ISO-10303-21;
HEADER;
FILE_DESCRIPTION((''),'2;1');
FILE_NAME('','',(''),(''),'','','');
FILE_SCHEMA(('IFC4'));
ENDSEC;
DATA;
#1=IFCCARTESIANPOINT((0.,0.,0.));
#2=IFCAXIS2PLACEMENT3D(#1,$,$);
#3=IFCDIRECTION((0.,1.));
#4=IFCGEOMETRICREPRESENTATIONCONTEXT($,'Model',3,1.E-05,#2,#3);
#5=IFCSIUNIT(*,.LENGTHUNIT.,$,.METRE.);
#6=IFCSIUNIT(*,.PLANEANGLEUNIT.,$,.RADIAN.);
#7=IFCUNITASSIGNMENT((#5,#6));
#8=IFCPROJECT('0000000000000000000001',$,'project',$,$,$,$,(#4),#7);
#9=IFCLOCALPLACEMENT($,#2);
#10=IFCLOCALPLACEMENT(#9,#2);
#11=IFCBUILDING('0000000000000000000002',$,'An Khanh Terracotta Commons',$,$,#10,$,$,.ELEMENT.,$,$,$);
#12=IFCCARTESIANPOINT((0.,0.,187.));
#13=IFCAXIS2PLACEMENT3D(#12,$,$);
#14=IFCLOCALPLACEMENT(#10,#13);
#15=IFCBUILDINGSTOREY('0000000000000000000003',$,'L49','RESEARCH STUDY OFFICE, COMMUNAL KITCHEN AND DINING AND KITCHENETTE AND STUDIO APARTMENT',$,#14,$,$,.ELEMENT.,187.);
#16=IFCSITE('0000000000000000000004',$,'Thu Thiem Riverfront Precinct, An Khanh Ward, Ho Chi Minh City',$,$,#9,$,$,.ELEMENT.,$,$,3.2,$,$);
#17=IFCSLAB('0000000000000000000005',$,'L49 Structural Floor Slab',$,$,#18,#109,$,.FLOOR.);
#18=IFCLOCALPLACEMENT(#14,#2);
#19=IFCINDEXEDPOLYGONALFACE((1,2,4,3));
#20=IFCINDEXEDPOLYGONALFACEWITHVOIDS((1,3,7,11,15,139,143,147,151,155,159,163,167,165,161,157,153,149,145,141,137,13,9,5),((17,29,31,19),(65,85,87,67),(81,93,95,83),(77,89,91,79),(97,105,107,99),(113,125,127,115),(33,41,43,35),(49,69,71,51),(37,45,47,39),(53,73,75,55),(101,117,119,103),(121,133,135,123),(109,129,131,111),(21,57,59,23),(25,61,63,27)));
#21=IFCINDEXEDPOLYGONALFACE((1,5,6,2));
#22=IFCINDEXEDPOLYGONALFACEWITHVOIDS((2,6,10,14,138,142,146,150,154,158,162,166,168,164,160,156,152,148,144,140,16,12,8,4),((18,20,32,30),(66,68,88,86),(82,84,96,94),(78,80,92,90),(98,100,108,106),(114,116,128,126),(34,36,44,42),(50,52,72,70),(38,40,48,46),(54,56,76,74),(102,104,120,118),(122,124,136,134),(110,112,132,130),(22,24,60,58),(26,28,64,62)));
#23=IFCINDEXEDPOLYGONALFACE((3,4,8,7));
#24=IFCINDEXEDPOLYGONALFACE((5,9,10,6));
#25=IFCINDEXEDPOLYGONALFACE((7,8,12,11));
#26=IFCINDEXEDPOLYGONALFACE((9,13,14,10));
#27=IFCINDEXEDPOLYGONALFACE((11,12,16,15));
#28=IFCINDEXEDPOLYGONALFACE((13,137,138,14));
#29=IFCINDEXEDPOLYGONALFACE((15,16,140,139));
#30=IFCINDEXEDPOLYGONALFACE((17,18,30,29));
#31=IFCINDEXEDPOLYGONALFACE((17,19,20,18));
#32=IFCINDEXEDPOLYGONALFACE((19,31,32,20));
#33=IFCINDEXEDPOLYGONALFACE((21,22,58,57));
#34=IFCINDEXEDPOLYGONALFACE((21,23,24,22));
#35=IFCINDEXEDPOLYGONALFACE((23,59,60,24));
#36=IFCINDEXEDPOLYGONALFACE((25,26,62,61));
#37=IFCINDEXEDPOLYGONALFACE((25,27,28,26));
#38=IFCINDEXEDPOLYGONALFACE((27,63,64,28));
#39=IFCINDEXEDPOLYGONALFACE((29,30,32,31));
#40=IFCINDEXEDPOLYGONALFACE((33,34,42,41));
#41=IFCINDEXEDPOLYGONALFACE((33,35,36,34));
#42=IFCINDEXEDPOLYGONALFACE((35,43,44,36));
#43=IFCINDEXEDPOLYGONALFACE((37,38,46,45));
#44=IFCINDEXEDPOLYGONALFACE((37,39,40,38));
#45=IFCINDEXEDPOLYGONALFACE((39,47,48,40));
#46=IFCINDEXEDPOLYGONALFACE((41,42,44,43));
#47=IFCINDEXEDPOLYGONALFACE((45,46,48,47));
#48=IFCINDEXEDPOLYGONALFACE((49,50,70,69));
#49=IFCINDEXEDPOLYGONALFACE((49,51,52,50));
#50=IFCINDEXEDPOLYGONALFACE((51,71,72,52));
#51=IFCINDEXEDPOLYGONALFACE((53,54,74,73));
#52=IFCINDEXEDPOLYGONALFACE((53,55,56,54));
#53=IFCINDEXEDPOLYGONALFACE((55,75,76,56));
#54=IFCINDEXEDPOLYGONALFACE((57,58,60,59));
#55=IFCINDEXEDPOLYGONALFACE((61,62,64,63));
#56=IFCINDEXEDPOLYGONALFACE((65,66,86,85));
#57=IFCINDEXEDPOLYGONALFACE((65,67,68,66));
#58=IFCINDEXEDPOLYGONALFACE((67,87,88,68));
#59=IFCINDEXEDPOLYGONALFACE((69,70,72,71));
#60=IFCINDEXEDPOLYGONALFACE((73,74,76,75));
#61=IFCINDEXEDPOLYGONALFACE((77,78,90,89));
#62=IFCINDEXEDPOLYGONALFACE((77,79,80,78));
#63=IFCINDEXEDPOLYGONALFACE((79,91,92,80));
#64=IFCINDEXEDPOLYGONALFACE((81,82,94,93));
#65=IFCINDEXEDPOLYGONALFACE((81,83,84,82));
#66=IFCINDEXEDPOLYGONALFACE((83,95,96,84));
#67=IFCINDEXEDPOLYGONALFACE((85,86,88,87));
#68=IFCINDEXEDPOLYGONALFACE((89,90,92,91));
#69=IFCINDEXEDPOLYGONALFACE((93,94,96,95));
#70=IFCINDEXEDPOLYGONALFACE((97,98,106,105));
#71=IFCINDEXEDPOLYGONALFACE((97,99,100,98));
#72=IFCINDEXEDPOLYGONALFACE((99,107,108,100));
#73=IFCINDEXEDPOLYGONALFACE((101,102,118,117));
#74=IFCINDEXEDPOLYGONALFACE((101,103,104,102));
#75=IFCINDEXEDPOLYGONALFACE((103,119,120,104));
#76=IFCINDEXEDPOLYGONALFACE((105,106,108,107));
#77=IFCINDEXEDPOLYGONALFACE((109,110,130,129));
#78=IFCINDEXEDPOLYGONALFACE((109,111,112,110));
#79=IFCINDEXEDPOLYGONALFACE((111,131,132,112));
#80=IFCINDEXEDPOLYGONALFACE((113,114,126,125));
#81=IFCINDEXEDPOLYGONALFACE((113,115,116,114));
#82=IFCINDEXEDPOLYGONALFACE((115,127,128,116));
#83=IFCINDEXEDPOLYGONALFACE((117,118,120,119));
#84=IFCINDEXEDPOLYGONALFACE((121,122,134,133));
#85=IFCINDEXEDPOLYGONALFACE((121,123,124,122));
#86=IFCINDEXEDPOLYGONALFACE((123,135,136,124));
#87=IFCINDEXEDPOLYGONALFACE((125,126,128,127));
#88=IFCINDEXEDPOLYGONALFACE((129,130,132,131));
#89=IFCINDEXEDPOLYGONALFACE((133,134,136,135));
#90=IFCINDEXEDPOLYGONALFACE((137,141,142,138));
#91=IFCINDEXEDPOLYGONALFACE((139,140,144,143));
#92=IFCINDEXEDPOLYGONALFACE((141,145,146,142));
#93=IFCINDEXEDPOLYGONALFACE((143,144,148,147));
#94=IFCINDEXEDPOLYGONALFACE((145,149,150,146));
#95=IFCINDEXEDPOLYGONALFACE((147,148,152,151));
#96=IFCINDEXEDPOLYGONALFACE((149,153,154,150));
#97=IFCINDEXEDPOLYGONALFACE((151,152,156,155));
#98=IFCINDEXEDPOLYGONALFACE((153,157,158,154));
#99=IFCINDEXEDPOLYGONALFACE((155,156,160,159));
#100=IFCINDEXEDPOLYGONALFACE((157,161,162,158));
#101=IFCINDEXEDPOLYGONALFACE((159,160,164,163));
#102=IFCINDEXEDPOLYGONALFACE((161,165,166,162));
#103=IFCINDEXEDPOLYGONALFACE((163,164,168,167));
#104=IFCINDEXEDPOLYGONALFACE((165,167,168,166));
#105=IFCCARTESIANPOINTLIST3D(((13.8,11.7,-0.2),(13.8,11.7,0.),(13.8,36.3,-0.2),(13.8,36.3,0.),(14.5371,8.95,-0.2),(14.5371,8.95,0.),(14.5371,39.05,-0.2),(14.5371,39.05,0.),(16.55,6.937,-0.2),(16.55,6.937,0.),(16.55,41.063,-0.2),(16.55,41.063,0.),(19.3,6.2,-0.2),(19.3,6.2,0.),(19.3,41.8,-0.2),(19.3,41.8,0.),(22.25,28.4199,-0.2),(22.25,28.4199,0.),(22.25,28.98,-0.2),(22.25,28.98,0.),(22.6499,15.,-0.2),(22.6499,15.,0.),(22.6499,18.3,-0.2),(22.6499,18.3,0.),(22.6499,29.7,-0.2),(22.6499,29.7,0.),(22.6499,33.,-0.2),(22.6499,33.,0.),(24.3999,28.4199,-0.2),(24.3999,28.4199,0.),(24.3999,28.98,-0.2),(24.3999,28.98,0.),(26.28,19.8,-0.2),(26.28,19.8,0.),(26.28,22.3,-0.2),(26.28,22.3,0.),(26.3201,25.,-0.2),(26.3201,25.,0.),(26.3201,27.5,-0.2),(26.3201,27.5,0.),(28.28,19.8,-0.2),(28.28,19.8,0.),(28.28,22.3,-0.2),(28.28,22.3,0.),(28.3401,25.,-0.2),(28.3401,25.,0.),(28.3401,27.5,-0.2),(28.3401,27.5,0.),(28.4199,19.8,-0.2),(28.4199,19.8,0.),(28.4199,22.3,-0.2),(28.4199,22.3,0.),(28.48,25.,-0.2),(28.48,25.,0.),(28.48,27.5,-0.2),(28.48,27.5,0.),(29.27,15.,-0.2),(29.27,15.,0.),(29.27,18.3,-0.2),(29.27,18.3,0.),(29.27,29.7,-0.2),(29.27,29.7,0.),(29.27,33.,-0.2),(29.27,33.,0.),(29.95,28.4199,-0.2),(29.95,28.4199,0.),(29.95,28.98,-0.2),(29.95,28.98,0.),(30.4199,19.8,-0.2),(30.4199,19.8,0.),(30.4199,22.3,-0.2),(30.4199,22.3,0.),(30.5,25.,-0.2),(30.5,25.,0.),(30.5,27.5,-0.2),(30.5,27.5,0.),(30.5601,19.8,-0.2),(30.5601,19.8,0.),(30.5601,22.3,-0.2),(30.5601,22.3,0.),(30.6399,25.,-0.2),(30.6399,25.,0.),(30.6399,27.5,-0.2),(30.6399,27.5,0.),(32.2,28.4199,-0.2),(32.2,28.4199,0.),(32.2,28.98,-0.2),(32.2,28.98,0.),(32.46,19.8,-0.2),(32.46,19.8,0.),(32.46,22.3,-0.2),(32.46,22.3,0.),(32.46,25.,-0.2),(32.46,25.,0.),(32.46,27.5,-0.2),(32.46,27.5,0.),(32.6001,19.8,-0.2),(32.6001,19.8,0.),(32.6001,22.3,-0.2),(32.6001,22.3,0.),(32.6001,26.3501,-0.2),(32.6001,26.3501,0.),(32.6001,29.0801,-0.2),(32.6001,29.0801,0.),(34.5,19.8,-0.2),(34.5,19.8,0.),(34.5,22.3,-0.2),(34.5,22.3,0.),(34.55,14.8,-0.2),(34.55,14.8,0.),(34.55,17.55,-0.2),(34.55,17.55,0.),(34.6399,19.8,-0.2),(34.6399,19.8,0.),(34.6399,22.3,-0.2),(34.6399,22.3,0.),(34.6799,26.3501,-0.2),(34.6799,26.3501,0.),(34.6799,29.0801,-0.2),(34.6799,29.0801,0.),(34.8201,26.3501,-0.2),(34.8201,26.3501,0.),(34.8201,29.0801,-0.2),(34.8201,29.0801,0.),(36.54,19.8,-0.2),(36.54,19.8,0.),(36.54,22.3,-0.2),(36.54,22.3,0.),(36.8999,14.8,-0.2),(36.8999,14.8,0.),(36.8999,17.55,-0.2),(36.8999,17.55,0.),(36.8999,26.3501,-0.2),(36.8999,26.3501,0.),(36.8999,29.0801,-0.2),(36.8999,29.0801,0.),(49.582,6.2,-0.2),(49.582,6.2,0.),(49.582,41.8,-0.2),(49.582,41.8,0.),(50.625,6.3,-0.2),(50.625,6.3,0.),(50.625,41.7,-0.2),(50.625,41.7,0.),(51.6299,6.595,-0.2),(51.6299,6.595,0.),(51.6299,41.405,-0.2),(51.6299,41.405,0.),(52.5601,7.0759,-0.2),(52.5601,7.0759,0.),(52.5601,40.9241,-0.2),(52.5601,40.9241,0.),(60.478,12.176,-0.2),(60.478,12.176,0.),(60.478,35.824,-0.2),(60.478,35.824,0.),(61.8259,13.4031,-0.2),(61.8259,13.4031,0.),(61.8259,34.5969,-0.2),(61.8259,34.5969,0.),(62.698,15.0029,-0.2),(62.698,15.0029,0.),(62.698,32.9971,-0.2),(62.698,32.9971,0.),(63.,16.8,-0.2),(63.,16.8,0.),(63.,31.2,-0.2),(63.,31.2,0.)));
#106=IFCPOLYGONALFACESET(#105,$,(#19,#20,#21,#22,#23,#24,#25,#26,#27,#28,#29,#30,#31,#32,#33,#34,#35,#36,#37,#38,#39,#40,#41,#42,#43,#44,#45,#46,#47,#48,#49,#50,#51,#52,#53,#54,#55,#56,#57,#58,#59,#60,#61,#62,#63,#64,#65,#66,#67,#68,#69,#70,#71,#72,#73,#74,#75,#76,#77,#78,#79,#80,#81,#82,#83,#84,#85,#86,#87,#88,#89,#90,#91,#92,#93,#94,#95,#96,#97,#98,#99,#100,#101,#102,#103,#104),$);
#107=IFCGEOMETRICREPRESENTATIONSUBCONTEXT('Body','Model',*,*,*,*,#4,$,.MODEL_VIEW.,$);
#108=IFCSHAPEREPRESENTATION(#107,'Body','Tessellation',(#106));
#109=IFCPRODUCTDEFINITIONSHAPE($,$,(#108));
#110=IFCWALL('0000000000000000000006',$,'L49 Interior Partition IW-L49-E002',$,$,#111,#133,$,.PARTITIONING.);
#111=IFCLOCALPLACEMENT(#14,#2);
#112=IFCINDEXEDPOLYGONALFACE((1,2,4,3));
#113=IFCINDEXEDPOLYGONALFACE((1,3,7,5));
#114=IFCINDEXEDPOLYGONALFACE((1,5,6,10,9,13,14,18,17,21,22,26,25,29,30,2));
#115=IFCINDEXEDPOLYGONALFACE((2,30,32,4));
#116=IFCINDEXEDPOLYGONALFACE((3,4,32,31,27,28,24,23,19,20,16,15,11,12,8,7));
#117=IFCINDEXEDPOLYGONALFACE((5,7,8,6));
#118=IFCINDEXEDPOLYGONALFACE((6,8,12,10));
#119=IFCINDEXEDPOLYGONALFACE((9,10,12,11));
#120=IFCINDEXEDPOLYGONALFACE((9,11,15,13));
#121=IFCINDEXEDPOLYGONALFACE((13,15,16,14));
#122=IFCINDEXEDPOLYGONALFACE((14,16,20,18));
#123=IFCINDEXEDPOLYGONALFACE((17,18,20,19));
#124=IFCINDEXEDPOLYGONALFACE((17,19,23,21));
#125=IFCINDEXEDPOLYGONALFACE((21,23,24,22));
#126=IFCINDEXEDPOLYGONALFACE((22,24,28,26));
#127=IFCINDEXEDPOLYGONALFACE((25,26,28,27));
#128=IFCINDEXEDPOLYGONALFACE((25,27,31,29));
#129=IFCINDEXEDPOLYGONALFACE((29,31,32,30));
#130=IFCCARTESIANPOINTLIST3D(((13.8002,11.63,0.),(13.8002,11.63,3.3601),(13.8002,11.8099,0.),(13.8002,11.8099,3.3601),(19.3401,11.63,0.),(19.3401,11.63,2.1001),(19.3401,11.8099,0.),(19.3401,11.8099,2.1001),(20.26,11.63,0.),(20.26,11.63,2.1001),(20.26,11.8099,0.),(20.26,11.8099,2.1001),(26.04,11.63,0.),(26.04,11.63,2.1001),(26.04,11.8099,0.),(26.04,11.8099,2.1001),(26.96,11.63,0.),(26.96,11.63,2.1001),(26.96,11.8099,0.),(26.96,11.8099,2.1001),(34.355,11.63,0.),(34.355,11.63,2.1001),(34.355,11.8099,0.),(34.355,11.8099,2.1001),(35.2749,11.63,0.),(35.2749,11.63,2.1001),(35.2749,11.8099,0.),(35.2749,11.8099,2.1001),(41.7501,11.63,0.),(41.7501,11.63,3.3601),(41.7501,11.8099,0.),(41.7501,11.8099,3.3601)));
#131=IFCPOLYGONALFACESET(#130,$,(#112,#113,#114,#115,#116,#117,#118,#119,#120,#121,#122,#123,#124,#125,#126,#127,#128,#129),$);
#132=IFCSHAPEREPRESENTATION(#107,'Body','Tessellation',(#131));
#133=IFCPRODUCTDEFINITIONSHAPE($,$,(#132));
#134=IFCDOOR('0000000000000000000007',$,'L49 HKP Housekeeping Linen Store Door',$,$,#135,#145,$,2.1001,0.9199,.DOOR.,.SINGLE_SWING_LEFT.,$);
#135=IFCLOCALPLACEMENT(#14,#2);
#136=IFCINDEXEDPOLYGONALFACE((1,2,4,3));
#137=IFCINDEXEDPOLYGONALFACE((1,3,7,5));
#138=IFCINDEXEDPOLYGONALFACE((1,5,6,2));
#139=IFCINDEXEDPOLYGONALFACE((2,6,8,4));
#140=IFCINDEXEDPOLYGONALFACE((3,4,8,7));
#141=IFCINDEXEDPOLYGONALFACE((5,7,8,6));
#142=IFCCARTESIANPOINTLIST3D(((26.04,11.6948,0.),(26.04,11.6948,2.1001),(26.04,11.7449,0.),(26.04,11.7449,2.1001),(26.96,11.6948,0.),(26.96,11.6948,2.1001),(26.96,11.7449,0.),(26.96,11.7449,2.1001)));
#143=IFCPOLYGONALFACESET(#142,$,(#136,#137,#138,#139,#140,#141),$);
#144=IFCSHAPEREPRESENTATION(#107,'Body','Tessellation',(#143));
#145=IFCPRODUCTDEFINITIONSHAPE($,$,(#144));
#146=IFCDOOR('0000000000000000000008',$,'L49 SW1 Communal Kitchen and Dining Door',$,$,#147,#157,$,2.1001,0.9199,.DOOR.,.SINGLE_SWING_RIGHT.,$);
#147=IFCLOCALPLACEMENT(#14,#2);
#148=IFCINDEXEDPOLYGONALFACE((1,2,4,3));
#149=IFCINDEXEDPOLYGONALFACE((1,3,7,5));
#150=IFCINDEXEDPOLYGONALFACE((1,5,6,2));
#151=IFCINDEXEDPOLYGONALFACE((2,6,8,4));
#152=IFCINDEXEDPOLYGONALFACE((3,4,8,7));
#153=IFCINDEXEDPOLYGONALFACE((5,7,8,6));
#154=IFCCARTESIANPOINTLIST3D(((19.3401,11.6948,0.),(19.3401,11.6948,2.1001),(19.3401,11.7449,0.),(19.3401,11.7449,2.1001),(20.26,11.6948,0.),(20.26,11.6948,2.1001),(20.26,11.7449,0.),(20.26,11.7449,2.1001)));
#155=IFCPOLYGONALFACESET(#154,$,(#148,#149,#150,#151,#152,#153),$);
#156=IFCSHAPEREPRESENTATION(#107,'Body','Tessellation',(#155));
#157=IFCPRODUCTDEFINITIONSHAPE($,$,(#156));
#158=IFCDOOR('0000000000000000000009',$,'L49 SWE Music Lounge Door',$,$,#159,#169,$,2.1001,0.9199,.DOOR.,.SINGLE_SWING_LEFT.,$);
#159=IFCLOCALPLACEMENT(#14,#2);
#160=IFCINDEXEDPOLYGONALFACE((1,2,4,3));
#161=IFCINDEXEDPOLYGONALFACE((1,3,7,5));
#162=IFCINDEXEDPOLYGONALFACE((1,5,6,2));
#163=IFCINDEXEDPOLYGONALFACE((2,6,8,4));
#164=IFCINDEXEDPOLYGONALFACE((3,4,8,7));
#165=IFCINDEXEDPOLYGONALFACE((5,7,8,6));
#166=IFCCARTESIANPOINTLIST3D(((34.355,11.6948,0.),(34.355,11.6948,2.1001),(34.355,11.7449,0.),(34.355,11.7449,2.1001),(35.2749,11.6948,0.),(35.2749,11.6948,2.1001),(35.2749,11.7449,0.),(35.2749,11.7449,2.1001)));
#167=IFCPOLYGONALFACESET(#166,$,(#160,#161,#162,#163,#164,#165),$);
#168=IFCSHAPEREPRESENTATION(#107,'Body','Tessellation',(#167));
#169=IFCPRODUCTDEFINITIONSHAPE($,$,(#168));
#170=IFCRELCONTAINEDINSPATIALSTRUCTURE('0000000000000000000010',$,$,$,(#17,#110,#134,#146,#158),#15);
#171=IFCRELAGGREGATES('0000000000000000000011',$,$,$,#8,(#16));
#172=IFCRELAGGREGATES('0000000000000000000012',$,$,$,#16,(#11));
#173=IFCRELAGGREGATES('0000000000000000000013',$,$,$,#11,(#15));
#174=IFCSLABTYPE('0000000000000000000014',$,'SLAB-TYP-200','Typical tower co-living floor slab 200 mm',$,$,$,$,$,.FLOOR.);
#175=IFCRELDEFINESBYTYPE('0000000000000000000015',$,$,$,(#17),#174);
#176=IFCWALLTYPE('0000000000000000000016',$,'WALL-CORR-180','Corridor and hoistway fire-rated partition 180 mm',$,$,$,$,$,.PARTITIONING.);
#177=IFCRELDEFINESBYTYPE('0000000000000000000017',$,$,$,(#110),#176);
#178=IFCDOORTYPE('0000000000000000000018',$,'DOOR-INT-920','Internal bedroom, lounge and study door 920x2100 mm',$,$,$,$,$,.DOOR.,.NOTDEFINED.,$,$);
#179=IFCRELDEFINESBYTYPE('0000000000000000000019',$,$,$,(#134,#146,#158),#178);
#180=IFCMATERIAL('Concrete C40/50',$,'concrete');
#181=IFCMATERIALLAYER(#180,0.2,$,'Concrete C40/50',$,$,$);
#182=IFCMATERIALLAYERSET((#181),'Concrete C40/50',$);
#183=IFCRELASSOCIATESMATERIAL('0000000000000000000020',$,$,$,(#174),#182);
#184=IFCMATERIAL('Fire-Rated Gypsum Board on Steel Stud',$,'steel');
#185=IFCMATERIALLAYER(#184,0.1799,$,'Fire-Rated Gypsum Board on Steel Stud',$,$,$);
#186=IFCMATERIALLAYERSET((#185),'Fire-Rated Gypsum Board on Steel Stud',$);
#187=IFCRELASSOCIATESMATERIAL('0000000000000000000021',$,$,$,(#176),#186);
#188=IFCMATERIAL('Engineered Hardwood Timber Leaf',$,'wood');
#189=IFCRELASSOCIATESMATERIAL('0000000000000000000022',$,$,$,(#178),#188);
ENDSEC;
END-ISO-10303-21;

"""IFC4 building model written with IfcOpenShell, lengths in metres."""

from ifc_helpers import new_model, si_unit, direction, frame, frame_2d, origin, place, context, subcontext, project, spatial, polyline, rectangle, outline, extrude, material, layer, layer_set, type_object, element, fill, save


model = new_model("IFC4")

# Units and contexts
model_context = context("Model", 3, precision=1e-05, world=origin(), true_north=direction((0.0, 1.0)))
body_context = subcontext(model_context, "Body", "Model", "MODEL_VIEW")
ifc_project = project(units=[si_unit("LENGTHUNIT", "METRE"), si_unit("PLANEANGLEUNIT", "RADIAN")], contexts=[model_context])

# Site, building, storey
site_placement = place(None, origin())
site = spatial("IfcSite", under=ifc_project, at=site_placement, Name="Thu Thiem Riverfront Precinct, An Khanh Ward, Ho Chi Minh City", CompositionType="ELEMENT", RefElevation=3.2)
building_placement = place(site_placement, origin())
building = spatial("IfcBuilding", under=site, at=building_placement, Name="An Khanh Terracotta Commons", CompositionType="ELEMENT")
storey_placement = place(building_placement, frame((0.0, 0.0, 187.0)))
storey = spatial("IfcBuildingStorey", under=building, at=storey_placement, Name="L49", Description="RESEARCH STUDY OFFICE, COMMUNAL KITCHEN AND DINING AND KITCHENETTE AND STUDIO APARTMENT", CompositionType="ELEMENT", Elevation=187.0)

# Shared definitions
ifc_material_1 = material(Name="Concrete C40/50", Category="concrete")

# Slab
ifc_layer_1 = layer(ifc_material_1, 0.2, Name="Concrete C40/50")
ifc_layer_set_1 = layer_set([ifc_layer_1], Name="Concrete C40/50")
slab_type_1 = type_object("IfcSlabType", Name="SLAB-TYP-200", Description="Typical tower co-living floor slab 200 mm", PredefinedType="FLOOR", material=ifc_layer_set_1)
slab_1_placement = place(storey_placement, frame((0.0, 0.0, -0.2)))
element("IfcSlab", 1, at=slab_1_placement, inside=storey, type_object=slab_type_1, Name="L49 Structural Floor Slab", PredefinedType="FLOOR", context=body_context, shape_type="SweptSolid", body=[
    extrude(outline(polyline([(13.8, 11.7), (14.5371, 8.95), (16.55, 6.937), (19.3, 6.2), (49.582, 6.2), (50.625, 6.3), (51.6299, 6.595), (52.5601, 7.0759), (60.478, 12.176), (61.8259, 13.4031), (62.698, 15.0029), (63.0, 16.8), (63.0, 31.2), (62.698, 32.9971), (61.8259, 34.5969), (60.478, 35.824), (52.5601, 40.9241), (51.6299, 41.405), (50.625, 41.7), (49.582, 41.8), (19.3, 41.8), (16.55, 41.063), (14.5371, 39.05), (13.8, 36.3), (13.8, 11.7)]), holes=[polyline([(22.6499, 29.7), (29.27, 29.7), (29.27, 33.0), (22.6499, 33.0), (22.6499, 29.7)]), polyline([(22.6499, 15.0), (29.27, 15.0), (29.27, 18.3), (22.6499, 18.3), (22.6499, 15.0)]), polyline([(32.6001, 26.3501), (34.6799, 26.3501), (34.6799, 29.0801), (32.6001, 29.0801), (32.6001, 26.3501)]), polyline([(34.8201, 26.3501), (36.8999, 26.3501), (36.8999, 29.0801), (34.8201, 29.0801), (34.8201, 26.3501)]), polyline([(34.55, 14.8), (36.8999, 14.8), (36.8999, 17.55), (34.55, 17.55), (34.55, 14.8)]), polyline([(26.3201, 25.0), (28.3401, 25.0), (28.3401, 27.5), (26.3201, 27.5), (26.3201, 25.0)]), polyline([(28.48, 25.0), (30.5, 25.0), (30.5, 27.5), (28.48, 27.5), (28.48, 25.0)]), polyline([(26.28, 19.8), (28.28, 19.8), (28.28, 22.3), (26.28, 22.3), (26.28, 19.8)]), polyline([(28.4199, 19.8), (30.4199, 19.8), (30.4199, 22.3), (28.4199, 22.3), (28.4199, 19.8)]), polyline([(30.6399, 25.0), (32.46, 25.0), (32.46, 27.5), (30.6399, 27.5), (30.6399, 25.0)]), polyline([(30.5601, 19.8), (32.46, 19.8), (32.46, 22.3), (30.5601, 22.3), (30.5601, 19.8)]), polyline([(32.6001, 19.8), (34.5, 19.8), (34.5, 22.3), (32.6001, 22.3), (32.6001, 19.8)]), polyline([(34.6399, 19.8), (36.54, 19.8), (36.54, 22.3), (34.6399, 22.3), (34.6399, 19.8)]), polyline([(22.25, 28.4199), (24.3999, 28.4199), (24.3999, 28.98), (22.25, 28.98), (22.25, 28.4199)]), polyline([(29.95, 28.4199), (32.2, 28.4199), (32.2, 28.98), (29.95, 28.98), (29.95, 28.4199)])]), origin(), (0.0, 0.0, 1.0), 0.2),
])

# Wall, openings, doors
ifc_material_2 = material(Name="Fire-Rated Gypsum Board on Steel Stud", Category="steel")
ifc_layer_2 = layer(ifc_material_2, 0.1799, Name="Fire-Rated Gypsum Board on Steel Stud")
ifc_layer_set_2 = layer_set([ifc_layer_2], Name="Fire-Rated Gypsum Board on Steel Stud")
wall_type_1 = type_object("IfcWallType", Name="WALL-CORR-180", Description="Corridor and hoistway fire-rated partition 180 mm", PredefinedType="PARTITIONING", material=ifc_layer_set_2)
wall_1_placement = place(storey_placement, frame((13.8, 11.72, 0.0), z_axis=(0.0, 0.0, 1.0), x_axis=(1.0, 0.0, 0.0)))
wall_1 = element("IfcWall", 2, at=wall_1_placement, inside=storey, type_object=wall_type_1, Name="L49 Interior Partition IW-L49-E002", PredefinedType="PARTITIONING", context=body_context, shape_type="SweptSolid", body=[
    extrude(rectangle(XDim=27.95, YDim=0.1799, at=frame_2d((13.9751, 0.0))), origin(), (0.0, 0.0, 1.0), 3.3601),
])
opening_1_placement = place(wall_1_placement, frame((12.24, 0.0, 0.0)))
opening_1 = element("IfcOpeningElement", 3, at=opening_1_placement, cuts=wall_1, PredefinedType="OPENING", context=body_context, shape_type="SweptSolid", body=[
    extrude(rectangle(XDim=0.9199, YDim=2.1001, at=frame_2d((0.46, 1.05))), frame((0.0, 0.0999, 0.0), z_axis=(0.0, -1.0, 0.0), x_axis=(1.0, 0.0, 0.0)), (0.0, 0.0, 1.0), 0.2),
])
opening_2_placement = place(wall_1_placement, frame((5.54, 0.0, 0.0)))
opening_2 = element("IfcOpeningElement", 4, at=opening_2_placement, cuts=wall_1, PredefinedType="OPENING", context=body_context, shape_type="SweptSolid", body=[
    extrude(rectangle(XDim=0.9199, YDim=2.1001, at=frame_2d((0.46, 1.05))), frame((0.0, 0.0999, 0.0), z_axis=(0.0, -1.0, 0.0), x_axis=(1.0, 0.0, 0.0)), (0.0, 0.0, 1.0), 0.2),
])
opening_3_placement = place(wall_1_placement, frame((20.5549, 0.0, 0.0)))
opening_3 = element("IfcOpeningElement", 5, at=opening_3_placement, cuts=wall_1, PredefinedType="OPENING", context=body_context, shape_type="SweptSolid", body=[
    extrude(rectangle(XDim=0.9199, YDim=2.1001, at=frame_2d((0.46, 1.05))), frame((0.0, 0.0999, 0.0), z_axis=(0.0, -1.0, 0.0), x_axis=(1.0, 0.0, 0.0)), (0.0, 0.0, 1.0), 0.2),
])
ifc_material_3 = material(Name="Engineered Hardwood Timber Leaf", Category="wood")
door_type_1 = type_object("IfcDoorType", Name="DOOR-INT-920", Description="Internal bedroom, lounge and study door 920x2100 mm", OperationType="NOTDEFINED", PredefinedType="DOOR", material=ifc_material_3)
door_1_placement = place(opening_1_placement, origin())
door_1 = element("IfcDoor", 6, at=door_1_placement, inside=storey, type_object=door_type_1, Name="L49 HKP Housekeeping Linen Store Door", OperationType="SINGLE_SWING_LEFT", OverallHeight=2.1001, OverallWidth=0.9199, PredefinedType="DOOR", context=body_context, shape_type="SweptSolid", body=[
    extrude(rectangle(XDim=0.9199, YDim=2.1001, at=frame_2d((0.46, 1.05))), frame((0.0, 0.0249, 0.0), z_axis=(0.0, -1.0, 0.0), x_axis=(1.0, 0.0, 0.0)), (0.0, 0.0, 1.0), 0.05),
])
fill(opening_1, door_1)
door_2_placement = place(opening_2_placement, origin())
door_2 = element("IfcDoor", 7, at=door_2_placement, inside=storey, type_object=door_type_1, Name="L49 SW1 Communal Kitchen and Dining Door", OperationType="SINGLE_SWING_RIGHT", OverallHeight=2.1001, OverallWidth=0.9199, PredefinedType="DOOR", context=body_context, shape_type="SweptSolid", body=[
    extrude(rectangle(XDim=0.9199, YDim=2.1001, at=frame_2d((0.46, 1.05))), frame((0.0, 0.0249, 0.0), z_axis=(0.0, -1.0, 0.0), x_axis=(1.0, 0.0, 0.0)), (0.0, 0.0, 1.0), 0.05),
])
fill(opening_2, door_2)
door_3_placement = place(opening_3_placement, origin())
door_3 = element("IfcDoor", 8, at=door_3_placement, inside=storey, type_object=door_type_1, Name="L49 SWE Music Lounge Door", OperationType="SINGLE_SWING_LEFT", OverallHeight=2.1001, OverallWidth=0.9199, PredefinedType="DOOR", context=body_context, shape_type="SweptSolid", body=[
    extrude(rectangle(XDim=0.9199, YDim=2.1001, at=frame_2d((0.46, 1.05))), frame((0.0, 0.0249, 0.0), z_axis=(0.0, -1.0, 0.0), x_axis=(1.0, 0.0, 0.0)), (0.0, 0.0, 1.0), 0.05),
])
fill(opening_3, door_3)

save(model, "model.ifc")
